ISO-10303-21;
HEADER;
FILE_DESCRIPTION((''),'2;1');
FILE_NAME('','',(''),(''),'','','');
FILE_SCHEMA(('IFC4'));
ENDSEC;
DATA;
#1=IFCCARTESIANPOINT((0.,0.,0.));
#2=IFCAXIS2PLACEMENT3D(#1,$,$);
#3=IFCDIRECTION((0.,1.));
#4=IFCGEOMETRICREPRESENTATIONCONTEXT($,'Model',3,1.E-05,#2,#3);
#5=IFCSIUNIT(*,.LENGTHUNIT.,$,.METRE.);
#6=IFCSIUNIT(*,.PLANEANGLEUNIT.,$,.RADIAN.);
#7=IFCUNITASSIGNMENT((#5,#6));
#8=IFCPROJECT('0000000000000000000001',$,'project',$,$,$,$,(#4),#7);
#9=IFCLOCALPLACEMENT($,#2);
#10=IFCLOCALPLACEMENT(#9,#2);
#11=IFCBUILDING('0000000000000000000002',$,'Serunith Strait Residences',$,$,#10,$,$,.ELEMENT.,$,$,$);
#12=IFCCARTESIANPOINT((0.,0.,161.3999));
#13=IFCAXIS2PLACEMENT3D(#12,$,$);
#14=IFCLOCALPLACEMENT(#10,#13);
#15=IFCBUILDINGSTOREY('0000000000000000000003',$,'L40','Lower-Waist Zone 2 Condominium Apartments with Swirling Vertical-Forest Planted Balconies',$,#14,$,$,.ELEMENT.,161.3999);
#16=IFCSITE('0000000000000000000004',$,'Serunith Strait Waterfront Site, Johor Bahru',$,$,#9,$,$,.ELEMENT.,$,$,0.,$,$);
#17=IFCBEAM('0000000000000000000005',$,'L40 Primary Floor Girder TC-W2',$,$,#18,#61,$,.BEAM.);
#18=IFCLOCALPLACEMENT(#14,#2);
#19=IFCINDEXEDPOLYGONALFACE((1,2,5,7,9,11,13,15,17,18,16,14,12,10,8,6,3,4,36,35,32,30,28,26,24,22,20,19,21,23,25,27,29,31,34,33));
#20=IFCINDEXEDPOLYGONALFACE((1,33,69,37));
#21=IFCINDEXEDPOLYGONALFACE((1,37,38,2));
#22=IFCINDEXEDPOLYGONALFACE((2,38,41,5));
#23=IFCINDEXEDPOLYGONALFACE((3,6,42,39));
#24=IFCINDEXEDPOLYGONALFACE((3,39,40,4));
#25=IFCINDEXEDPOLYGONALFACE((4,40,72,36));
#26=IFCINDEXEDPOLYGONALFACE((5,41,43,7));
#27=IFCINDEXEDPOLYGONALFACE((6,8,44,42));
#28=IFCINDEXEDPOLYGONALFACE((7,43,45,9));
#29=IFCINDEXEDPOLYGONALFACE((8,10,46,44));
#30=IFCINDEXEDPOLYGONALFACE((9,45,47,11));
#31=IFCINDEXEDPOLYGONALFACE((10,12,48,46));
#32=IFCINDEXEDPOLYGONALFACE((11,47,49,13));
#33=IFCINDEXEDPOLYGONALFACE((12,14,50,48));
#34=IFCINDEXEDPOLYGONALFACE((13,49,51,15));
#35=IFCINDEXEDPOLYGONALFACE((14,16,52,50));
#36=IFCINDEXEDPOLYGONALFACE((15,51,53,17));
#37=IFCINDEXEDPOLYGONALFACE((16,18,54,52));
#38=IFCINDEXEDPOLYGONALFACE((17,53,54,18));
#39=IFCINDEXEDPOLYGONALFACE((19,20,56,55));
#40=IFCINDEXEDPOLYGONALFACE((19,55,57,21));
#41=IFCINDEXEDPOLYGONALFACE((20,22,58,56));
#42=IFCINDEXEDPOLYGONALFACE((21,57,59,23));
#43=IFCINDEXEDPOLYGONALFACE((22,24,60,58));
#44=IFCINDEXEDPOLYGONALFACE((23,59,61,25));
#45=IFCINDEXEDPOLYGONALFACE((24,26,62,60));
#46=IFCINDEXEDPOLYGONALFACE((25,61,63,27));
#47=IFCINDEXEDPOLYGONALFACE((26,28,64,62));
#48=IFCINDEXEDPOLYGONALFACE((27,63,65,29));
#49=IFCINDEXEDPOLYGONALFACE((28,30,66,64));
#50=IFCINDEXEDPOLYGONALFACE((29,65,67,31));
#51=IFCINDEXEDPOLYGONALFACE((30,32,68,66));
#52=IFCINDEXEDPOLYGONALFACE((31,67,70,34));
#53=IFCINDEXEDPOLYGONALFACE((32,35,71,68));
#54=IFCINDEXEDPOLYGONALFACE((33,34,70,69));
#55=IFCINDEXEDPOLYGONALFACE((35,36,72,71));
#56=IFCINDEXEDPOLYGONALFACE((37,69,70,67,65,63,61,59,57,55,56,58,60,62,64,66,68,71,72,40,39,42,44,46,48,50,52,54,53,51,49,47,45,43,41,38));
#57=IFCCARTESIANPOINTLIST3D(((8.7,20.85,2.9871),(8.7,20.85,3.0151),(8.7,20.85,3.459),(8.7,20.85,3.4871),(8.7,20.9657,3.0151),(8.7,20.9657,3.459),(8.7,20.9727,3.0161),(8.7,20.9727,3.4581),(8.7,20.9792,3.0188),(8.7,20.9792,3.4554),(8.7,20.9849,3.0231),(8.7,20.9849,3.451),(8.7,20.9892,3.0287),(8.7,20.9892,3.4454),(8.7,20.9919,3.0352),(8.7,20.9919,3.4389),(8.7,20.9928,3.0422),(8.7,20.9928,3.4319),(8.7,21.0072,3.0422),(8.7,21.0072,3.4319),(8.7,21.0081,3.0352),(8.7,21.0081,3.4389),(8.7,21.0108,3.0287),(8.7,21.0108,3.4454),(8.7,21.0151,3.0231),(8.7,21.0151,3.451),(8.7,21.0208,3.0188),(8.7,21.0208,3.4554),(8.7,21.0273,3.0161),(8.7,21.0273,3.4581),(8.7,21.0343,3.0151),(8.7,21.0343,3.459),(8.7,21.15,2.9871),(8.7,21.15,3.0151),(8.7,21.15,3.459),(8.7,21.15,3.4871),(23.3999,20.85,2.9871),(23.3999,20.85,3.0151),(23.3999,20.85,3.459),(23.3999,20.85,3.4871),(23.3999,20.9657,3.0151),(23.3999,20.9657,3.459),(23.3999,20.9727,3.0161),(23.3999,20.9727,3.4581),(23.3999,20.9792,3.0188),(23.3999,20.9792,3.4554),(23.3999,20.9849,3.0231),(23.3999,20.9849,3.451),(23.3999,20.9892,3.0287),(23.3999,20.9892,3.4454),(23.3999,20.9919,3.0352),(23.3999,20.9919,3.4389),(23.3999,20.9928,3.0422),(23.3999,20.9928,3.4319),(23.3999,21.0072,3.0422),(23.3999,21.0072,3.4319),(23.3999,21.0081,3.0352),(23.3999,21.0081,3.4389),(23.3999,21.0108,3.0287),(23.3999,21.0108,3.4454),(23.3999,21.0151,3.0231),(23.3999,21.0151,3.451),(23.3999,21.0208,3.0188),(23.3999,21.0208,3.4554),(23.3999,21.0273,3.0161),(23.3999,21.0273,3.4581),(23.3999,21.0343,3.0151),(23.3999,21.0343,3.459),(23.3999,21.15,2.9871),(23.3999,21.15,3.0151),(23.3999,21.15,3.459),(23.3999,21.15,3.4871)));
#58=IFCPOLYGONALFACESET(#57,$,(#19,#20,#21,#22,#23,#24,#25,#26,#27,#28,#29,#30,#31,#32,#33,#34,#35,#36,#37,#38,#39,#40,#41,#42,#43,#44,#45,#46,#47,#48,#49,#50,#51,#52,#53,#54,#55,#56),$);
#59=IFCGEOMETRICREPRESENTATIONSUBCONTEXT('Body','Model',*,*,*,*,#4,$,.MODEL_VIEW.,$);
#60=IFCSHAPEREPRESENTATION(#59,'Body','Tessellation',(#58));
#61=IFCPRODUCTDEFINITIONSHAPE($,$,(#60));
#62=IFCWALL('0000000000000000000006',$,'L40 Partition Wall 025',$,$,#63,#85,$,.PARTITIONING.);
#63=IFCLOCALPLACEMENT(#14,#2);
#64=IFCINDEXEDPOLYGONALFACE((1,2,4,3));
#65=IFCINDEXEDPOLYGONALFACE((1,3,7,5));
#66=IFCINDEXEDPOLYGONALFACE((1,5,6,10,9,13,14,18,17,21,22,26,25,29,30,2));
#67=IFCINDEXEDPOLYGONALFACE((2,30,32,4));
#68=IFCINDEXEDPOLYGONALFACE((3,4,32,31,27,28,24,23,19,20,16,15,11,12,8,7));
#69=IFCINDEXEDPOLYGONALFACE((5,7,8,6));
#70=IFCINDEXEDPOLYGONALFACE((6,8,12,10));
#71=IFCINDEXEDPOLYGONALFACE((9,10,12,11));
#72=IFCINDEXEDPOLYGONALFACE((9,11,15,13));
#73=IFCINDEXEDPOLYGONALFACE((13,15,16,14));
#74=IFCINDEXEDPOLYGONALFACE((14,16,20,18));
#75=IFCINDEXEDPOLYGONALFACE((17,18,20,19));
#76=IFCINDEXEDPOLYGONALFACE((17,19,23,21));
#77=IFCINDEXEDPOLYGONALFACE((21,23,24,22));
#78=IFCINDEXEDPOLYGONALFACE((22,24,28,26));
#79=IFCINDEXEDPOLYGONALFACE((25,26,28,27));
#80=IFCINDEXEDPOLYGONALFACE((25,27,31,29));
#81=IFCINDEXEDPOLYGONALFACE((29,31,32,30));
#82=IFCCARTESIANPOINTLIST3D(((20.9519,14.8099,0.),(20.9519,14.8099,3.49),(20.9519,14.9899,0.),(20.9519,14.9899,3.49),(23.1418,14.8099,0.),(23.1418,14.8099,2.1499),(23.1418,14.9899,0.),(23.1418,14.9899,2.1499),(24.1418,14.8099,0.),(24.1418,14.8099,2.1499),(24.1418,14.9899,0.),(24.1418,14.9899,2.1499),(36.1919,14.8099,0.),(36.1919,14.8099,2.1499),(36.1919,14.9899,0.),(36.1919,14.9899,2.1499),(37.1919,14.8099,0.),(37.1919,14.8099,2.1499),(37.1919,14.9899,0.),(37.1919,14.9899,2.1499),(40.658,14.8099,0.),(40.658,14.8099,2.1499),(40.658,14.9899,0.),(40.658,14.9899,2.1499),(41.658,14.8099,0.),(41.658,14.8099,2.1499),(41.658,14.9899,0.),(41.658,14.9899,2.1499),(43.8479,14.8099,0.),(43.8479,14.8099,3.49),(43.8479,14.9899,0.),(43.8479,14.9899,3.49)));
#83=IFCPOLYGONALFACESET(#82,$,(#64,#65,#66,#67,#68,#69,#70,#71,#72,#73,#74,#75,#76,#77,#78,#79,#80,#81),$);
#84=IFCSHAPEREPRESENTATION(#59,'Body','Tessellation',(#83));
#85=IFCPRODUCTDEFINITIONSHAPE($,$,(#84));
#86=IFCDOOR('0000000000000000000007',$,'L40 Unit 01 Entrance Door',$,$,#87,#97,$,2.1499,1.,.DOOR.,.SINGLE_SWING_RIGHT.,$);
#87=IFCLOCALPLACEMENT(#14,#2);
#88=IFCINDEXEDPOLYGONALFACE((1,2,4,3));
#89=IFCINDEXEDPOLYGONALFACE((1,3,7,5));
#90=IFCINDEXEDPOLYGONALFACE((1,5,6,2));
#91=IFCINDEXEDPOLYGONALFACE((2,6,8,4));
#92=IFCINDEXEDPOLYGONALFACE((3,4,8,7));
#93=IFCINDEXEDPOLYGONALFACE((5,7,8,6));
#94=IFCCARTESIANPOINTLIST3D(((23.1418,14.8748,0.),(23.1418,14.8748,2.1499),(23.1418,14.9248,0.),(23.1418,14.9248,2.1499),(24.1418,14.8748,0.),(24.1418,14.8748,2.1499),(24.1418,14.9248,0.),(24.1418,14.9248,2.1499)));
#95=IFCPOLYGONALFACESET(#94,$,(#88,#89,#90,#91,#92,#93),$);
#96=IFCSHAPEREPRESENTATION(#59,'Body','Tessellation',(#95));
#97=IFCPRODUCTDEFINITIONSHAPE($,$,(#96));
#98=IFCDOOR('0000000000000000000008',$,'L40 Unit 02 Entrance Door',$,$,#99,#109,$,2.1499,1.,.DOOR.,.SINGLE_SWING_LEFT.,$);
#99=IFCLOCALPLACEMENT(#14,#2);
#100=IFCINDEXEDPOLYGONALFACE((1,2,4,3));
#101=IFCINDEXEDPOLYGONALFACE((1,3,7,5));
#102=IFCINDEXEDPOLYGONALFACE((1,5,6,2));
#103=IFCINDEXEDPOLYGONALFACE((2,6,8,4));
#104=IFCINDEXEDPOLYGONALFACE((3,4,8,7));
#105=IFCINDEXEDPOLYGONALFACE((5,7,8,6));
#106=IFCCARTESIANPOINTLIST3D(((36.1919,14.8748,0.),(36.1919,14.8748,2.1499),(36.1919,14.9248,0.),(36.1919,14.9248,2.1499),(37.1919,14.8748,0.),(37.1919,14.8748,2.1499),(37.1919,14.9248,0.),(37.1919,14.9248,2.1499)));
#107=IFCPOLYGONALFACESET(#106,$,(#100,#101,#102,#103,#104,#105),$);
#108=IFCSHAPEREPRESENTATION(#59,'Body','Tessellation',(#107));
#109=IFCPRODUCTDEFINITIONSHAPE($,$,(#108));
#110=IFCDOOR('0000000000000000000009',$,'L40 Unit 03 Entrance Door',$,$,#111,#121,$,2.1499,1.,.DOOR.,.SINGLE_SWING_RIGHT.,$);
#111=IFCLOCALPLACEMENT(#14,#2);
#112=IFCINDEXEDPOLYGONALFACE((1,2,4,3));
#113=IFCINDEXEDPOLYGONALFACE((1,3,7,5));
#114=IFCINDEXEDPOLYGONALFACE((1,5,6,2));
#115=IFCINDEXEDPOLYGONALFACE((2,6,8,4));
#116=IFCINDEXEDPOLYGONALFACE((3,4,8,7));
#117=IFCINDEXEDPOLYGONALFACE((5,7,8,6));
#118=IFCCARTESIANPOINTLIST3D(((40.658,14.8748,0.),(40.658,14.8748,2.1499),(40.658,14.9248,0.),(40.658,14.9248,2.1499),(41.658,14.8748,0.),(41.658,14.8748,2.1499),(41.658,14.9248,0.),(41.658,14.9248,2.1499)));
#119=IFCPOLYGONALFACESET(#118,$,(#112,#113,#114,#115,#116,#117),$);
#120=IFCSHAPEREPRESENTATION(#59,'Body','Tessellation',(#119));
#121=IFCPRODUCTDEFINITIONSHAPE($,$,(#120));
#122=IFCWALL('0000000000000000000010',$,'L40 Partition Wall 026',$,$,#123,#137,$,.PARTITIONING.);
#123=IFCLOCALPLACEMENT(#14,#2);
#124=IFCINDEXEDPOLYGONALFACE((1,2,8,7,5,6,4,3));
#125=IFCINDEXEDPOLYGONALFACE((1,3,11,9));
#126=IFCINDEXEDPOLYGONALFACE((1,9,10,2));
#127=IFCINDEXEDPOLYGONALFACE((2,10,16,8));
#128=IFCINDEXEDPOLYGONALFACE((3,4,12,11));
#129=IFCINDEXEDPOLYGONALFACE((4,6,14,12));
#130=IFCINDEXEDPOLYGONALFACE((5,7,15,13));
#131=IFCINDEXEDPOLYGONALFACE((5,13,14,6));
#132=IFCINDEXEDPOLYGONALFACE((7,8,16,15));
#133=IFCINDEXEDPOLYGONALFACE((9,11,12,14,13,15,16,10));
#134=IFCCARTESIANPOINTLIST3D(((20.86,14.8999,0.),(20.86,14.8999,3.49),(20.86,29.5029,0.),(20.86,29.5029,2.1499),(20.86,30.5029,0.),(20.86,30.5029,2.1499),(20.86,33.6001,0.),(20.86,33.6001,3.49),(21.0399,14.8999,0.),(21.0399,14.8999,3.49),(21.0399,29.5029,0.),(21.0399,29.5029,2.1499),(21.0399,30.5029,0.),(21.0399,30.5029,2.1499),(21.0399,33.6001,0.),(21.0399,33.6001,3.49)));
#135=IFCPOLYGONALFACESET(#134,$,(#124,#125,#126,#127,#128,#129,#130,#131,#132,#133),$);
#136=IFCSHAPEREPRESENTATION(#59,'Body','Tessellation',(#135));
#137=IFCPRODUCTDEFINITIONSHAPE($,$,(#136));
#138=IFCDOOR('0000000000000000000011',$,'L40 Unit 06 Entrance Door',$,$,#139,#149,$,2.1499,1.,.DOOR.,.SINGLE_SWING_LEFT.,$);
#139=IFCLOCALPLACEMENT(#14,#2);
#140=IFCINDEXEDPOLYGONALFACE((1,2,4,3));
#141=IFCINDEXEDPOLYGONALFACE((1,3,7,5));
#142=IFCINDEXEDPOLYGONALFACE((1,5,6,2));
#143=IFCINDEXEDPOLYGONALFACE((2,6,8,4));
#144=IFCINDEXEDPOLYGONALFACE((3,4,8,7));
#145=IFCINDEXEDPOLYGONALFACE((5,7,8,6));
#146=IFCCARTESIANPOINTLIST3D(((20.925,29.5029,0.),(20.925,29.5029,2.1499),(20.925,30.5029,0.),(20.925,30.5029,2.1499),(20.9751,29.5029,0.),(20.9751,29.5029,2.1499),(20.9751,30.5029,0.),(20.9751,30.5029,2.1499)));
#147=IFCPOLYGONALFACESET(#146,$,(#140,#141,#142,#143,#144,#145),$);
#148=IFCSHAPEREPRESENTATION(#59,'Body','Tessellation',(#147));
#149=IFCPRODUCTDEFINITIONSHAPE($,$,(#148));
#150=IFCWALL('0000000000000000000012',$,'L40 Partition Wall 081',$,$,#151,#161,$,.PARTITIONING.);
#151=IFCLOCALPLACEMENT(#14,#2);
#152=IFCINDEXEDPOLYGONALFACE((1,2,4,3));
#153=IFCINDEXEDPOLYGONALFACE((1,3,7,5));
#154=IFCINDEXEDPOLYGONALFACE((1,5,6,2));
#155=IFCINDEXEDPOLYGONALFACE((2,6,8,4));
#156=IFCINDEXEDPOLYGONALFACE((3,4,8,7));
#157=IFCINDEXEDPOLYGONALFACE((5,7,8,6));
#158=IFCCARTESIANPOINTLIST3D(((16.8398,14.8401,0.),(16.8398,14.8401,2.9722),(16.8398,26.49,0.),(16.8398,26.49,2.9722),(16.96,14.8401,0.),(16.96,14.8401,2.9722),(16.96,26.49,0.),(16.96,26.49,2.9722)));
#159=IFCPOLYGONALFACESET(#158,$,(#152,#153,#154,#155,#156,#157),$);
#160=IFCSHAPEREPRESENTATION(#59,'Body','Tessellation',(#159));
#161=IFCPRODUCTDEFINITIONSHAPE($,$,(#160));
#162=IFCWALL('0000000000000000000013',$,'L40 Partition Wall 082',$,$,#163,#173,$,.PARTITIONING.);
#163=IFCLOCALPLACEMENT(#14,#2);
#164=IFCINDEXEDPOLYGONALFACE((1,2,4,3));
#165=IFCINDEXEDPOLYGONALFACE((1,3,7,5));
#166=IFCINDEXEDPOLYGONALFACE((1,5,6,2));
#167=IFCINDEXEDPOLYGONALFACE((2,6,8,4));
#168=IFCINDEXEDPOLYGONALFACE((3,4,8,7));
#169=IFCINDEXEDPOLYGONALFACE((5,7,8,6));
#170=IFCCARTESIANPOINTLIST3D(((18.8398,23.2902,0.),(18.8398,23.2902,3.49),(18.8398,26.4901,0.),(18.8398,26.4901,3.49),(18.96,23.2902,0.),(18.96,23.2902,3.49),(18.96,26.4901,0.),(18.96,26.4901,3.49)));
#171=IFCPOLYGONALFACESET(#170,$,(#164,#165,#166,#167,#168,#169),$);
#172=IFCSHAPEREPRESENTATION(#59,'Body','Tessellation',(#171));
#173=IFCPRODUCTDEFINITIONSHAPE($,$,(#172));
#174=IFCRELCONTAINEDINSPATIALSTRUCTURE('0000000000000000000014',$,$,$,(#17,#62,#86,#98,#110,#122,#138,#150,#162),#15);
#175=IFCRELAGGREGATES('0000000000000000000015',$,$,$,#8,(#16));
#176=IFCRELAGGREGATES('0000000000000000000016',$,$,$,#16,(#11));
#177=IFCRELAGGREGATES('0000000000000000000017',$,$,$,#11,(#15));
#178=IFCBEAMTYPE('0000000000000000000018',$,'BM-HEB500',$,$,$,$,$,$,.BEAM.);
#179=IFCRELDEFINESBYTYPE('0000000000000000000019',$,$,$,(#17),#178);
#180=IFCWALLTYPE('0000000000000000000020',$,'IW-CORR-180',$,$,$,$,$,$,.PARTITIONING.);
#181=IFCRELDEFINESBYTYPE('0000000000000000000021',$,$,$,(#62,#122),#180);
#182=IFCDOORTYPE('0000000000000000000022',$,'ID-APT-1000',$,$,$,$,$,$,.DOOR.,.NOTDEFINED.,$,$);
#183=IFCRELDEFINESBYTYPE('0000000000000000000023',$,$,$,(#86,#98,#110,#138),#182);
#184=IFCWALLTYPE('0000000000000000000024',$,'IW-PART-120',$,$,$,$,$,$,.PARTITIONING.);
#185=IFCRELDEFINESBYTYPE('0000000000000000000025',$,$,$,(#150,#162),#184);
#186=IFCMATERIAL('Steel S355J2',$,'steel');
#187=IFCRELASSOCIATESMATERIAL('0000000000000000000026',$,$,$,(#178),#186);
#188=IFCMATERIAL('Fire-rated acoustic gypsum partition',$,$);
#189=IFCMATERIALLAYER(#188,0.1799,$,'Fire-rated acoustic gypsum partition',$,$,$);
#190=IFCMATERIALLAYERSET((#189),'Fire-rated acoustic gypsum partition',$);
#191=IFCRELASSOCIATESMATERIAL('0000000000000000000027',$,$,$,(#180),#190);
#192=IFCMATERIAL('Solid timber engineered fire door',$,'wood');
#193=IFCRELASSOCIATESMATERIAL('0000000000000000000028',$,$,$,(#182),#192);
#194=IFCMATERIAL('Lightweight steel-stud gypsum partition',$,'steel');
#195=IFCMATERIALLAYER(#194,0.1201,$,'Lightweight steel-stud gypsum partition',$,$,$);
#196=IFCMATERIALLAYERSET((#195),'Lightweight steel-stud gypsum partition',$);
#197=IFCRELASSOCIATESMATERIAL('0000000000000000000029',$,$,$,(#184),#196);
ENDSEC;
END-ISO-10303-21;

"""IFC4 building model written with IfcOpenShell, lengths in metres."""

from ifc_helpers import new_model, si_unit, direction, frame, frame_2d, origin, origin_2d, place, context, subcontext, project, spatial, rectangle, i_section, extrude, source, transform, mapped, material, layer, layer_set, material_profile, profile_set, type_object, element, fill, save


model = new_model("IFC4")

# Units and contexts
model_context = context("Model", 3, precision=1e-05, world=origin(), true_north=direction((0.0, 1.0)))
body_context = subcontext(model_context, "Body", "Model", "MODEL_VIEW")
ifc_project = project(units=[si_unit("LENGTHUNIT", "METRE"), si_unit("PLANEANGLEUNIT", "RADIAN")], contexts=[model_context])

# Site, building, storey
site_placement = place(None, origin())
site = spatial("IfcSite", under=ifc_project, at=site_placement, Name="Serunith Strait Waterfront Site, Johor Bahru", CompositionType="ELEMENT", RefElevation=0.0)
building_placement = place(site_placement, origin())
building = spatial("IfcBuilding", under=site, at=building_placement, Name="Serunith Strait Residences", CompositionType="ELEMENT")
storey_placement = place(building_placement, frame((0.0, 0.0, 161.3999)))
storey = spatial("IfcBuildingStorey", under=building, at=storey_placement, Name="L40", Description="Lower-Waist Zone 2 Condominium Apartments with Swirling Vertical-Forest Planted Balconies", CompositionType="ELEMENT", Elevation=161.3999)

# Beam
ifc_material_1 = material(Name="Steel S355J2", Category="steel")
ifc_material_profile = material_profile(ifc_material_1, i_section(OverallWidth=0.3, OverallDepth=0.5, WebThickness=0.0144, FlangeThickness=0.0281, FilletRadius=0.0271, at=origin_2d()), Name="HEB 500")
ifc_profile_set = profile_set([ifc_material_profile], Name="Steel S355J2")
beam_type = type_object("IfcBeamType", Name="BM-HEB500", PredefinedType="BEAM", material=ifc_profile_set)
shared_shape_1 = source(origin(), body_context, "Body", "SweptSolid", [
    extrude(i_section(OverallWidth=0.3, OverallDepth=0.5, WebThickness=0.0144, FlangeThickness=0.0281, FilletRadius=0.0271, at=origin_2d()), origin(), (0.0, 0.0, 1.0), 14.7),
])
beam_placement = place(storey_placement, frame((23.3999, 21.0, 3.2371), z_axis=(-1.0, 0.0, 0.0), x_axis=(0.0, -1.0, 0.0)))
element("IfcBeam", 1, at=beam_placement, inside=storey, type_object=beam_type, Name="L40 Primary Floor Girder TC-W2", PredefinedType="BEAM", context=body_context, shape_type="MappedRepresentation", body=[
    mapped(shared_shape_1, transform((0.0, 0.0, 0.0), scale=1.0)),
])

# Wall, openings, doors
ifc_material_2 = material(Name="Fire-rated acoustic gypsum partition")
ifc_layer_1 = layer(ifc_material_2, 0.1799, Name="Fire-rated acoustic gypsum partition")
ifc_layer_set_1 = layer_set([ifc_layer_1], Name="Fire-rated acoustic gypsum partition")
wall_type_1 = type_object("IfcWallType", Name="IW-CORR-180", PredefinedType="PARTITIONING", material=ifc_layer_set_1)
wall_1_placement = place(storey_placement, frame((20.9519, 14.8999, 0.0), z_axis=(0.0, 0.0, 1.0), x_axis=(1.0, 0.0, 0.0)))
wall_1 = element("IfcWall", 2, at=wall_1_placement, inside=storey, type_object=wall_type_1, Name="L40 Partition Wall 025", PredefinedType="PARTITIONING", context=body_context, shape_type="SweptSolid", body=[
    extrude(rectangle(XDim=22.896, YDim=0.1799, at=frame_2d((11.448, 0.0))), origin(), (0.0, 0.0, 1.0), 3.49),
])
opening_1_placement = place(wall_1_placement, frame((2.1899, 0.0, 0.0)))
opening_1 = element("IfcOpeningElement", 3, at=opening_1_placement, cuts=wall_1, PredefinedType="OPENING", context=body_context, shape_type="SweptSolid", body=[
    extrude(rectangle(XDim=1.0, YDim=2.1499, at=frame_2d((0.5, 1.075))), frame((0.0, 0.1001, 0.0), z_axis=(0.0, -1.0, 0.0), x_axis=(1.0, 0.0, 0.0)), (0.0, 0.0, 1.0), 0.2),
])
opening_2_placement = place(wall_1_placement, frame((15.24, 0.0, 0.0)))
opening_2 = element("IfcOpeningElement", 4, at=opening_2_placement, cuts=wall_1, PredefinedType="OPENING", context=body_context, shape_type="SweptSolid", body=[
    extrude(rectangle(XDim=1.0, YDim=2.1499, at=frame_2d((0.5, 1.075))), frame((0.0, 0.1001, 0.0), z_axis=(0.0, -1.0, 0.0), x_axis=(1.0, 0.0, 0.0)), (0.0, 0.0, 1.0), 0.2),
])
opening_3_placement = place(wall_1_placement, frame((19.7061, 0.0, 0.0)))
opening_3 = element("IfcOpeningElement", 5, at=opening_3_placement, cuts=wall_1, PredefinedType="OPENING", context=body_context, shape_type="SweptSolid", body=[
    extrude(rectangle(XDim=1.0, YDim=2.1499, at=frame_2d((0.5, 1.075))), frame((0.0, 0.1001, 0.0), z_axis=(0.0, -1.0, 0.0), x_axis=(1.0, 0.0, 0.0)), (0.0, 0.0, 1.0), 0.2),
])
ifc_material_3 = material(Name="Solid timber engineered fire door", Category="wood")
door_type_1 = type_object("IfcDoorType", Name="ID-APT-1000", OperationType="NOTDEFINED", PredefinedType="DOOR", material=ifc_material_3)
shared_shape_2 = source(origin(), body_context, "Body", "SweptSolid", [
    extrude(rectangle(XDim=1.0, YDim=2.1499, at=frame_2d((0.5, 1.075))), frame((0.0, 0.0249, 0.0), z_axis=(0.0, -1.0, 0.0), x_axis=(1.0, 0.0, 0.0)), (0.0, 0.0, 1.0), 0.05),
])
door_1_placement = place(opening_1_placement, origin())
door_1 = element("IfcDoor", 6, at=door_1_placement, inside=storey, type_object=door_type_1, Name="L40 Unit 01 Entrance Door", OperationType="SINGLE_SWING_RIGHT", OverallHeight=2.1499, OverallWidth=1.0, PredefinedType="DOOR", context=body_context, shape_type="MappedRepresentation", body=[
    mapped(shared_shape_2, transform((0.0, 0.0, 0.0), scale=1.0)),
])
fill(opening_1, door_1)
door_2_placement = place(opening_2_placement, origin())
door_2 = element("IfcDoor", 7, at=door_2_placement, inside=storey, type_object=door_type_1, Name="L40 Unit 02 Entrance Door", OperationType="SINGLE_SWING_LEFT", OverallHeight=2.1499, OverallWidth=1.0, PredefinedType="DOOR", context=body_context, shape_type="MappedRepresentation", body=[
    mapped(shared_shape_2, transform((0.0, 0.0, 0.0), scale=1.0)),
])
fill(opening_2, door_2)
door_3_placement = place(opening_3_placement, origin())
door_3 = element("IfcDoor", 8, at=door_3_placement, inside=storey, type_object=door_type_1, Name="L40 Unit 03 Entrance Door", OperationType="SINGLE_SWING_RIGHT", OverallHeight=2.1499, OverallWidth=1.0, PredefinedType="DOOR", context=body_context, shape_type="MappedRepresentation", body=[
    mapped(shared_shape_2, transform((0.0, 0.0, 0.0), scale=1.0)),
])
fill(opening_3, door_3)

# Wall, opening, door
wall_2_placement = place(storey_placement, frame((20.95, 14.8999, 0.0), z_axis=(0.0, 0.0, 1.0), x_axis=(0.0, 1.0, 0.0)))
wall_2 = element("IfcWall", 9, at=wall_2_placement, inside=storey, type_object=wall_type_1, Name="L40 Partition Wall 026", PredefinedType="PARTITIONING", context=body_context, shape_type="SweptSolid", body=[
    extrude(rectangle(XDim=18.7002, YDim=0.1799, at=frame_2d((9.3501, 0.0))), origin(), (0.0, 0.0, 1.0), 3.49),
])
opening_4_placement = place(wall_2_placement, frame((14.603, 0.0, 0.0)))
opening_4 = element("IfcOpeningElement", 10, at=opening_4_placement, cuts=wall_2, PredefinedType="OPENING", context=body_context, shape_type="SweptSolid", body=[
    extrude(rectangle(XDim=1.0, YDim=2.1499, at=frame_2d((0.5, 1.075))), frame((0.0, 0.1001, 0.0), z_axis=(0.0, -1.0, 0.0), x_axis=(1.0, 0.0, 0.0)), (0.0, 0.0, 1.0), 0.2),
])
door_4_placement = place(opening_4_placement, origin())
door_4 = element("IfcDoor", 11, at=door_4_placement, inside=storey, type_object=door_type_1, Name="L40 Unit 06 Entrance Door", OperationType="SINGLE_SWING_LEFT", OverallHeight=2.1499, OverallWidth=1.0, PredefinedType="DOOR", context=body_context, shape_type="MappedRepresentation", body=[
    mapped(shared_shape_2, transform((0.0, 0.0, 0.0), scale=1.0)),
])
fill(opening_4, door_4)

# Walls
ifc_material_4 = material(Name="Lightweight steel-stud gypsum partition", Category="steel")
ifc_layer_2 = layer(ifc_material_4, 0.1201, Name="Lightweight steel-stud gypsum partition")
ifc_layer_set_2 = layer_set([ifc_layer_2], Name="Lightweight steel-stud gypsum partition")
wall_type_2 = type_object("IfcWallType", Name="IW-PART-120", PredefinedType="PARTITIONING", material=ifc_layer_set_2)
wall_3_placement = place(storey_placement, frame((16.8999, 14.8401, 0.0), z_axis=(0.0, 0.0, 1.0), x_axis=(0.0, 1.0, 0.0)))
element("IfcWall", 12, at=wall_3_placement, inside=storey, type_object=wall_type_2, Name="L40 Partition Wall 081", PredefinedType="PARTITIONING", context=body_context, shape_type="SweptSolid", body=[
    extrude(rectangle(XDim=11.6499, YDim=0.1201, at=frame_2d((5.825, 0.0))), origin(), (0.0, 0.0, 1.0), 2.9722),
])
wall_4_placement = place(storey_placement, frame((18.8999, 23.29, 0.0), z_axis=(0.0, 0.0, 1.0), x_axis=(0.0, 1.0, 0.0)))
element("IfcWall", 13, at=wall_4_placement, inside=storey, type_object=wall_type_2, Name="L40 Partition Wall 082", PredefinedType="PARTITIONING", context=body_context, shape_type="SweptSolid", body=[
    extrude(rectangle(XDim=3.2, YDim=0.1201, at=frame_2d((1.6001, 0.0))), origin(), (0.0, 0.0, 1.0), 3.49),
])

save(model, "model.ifc")
